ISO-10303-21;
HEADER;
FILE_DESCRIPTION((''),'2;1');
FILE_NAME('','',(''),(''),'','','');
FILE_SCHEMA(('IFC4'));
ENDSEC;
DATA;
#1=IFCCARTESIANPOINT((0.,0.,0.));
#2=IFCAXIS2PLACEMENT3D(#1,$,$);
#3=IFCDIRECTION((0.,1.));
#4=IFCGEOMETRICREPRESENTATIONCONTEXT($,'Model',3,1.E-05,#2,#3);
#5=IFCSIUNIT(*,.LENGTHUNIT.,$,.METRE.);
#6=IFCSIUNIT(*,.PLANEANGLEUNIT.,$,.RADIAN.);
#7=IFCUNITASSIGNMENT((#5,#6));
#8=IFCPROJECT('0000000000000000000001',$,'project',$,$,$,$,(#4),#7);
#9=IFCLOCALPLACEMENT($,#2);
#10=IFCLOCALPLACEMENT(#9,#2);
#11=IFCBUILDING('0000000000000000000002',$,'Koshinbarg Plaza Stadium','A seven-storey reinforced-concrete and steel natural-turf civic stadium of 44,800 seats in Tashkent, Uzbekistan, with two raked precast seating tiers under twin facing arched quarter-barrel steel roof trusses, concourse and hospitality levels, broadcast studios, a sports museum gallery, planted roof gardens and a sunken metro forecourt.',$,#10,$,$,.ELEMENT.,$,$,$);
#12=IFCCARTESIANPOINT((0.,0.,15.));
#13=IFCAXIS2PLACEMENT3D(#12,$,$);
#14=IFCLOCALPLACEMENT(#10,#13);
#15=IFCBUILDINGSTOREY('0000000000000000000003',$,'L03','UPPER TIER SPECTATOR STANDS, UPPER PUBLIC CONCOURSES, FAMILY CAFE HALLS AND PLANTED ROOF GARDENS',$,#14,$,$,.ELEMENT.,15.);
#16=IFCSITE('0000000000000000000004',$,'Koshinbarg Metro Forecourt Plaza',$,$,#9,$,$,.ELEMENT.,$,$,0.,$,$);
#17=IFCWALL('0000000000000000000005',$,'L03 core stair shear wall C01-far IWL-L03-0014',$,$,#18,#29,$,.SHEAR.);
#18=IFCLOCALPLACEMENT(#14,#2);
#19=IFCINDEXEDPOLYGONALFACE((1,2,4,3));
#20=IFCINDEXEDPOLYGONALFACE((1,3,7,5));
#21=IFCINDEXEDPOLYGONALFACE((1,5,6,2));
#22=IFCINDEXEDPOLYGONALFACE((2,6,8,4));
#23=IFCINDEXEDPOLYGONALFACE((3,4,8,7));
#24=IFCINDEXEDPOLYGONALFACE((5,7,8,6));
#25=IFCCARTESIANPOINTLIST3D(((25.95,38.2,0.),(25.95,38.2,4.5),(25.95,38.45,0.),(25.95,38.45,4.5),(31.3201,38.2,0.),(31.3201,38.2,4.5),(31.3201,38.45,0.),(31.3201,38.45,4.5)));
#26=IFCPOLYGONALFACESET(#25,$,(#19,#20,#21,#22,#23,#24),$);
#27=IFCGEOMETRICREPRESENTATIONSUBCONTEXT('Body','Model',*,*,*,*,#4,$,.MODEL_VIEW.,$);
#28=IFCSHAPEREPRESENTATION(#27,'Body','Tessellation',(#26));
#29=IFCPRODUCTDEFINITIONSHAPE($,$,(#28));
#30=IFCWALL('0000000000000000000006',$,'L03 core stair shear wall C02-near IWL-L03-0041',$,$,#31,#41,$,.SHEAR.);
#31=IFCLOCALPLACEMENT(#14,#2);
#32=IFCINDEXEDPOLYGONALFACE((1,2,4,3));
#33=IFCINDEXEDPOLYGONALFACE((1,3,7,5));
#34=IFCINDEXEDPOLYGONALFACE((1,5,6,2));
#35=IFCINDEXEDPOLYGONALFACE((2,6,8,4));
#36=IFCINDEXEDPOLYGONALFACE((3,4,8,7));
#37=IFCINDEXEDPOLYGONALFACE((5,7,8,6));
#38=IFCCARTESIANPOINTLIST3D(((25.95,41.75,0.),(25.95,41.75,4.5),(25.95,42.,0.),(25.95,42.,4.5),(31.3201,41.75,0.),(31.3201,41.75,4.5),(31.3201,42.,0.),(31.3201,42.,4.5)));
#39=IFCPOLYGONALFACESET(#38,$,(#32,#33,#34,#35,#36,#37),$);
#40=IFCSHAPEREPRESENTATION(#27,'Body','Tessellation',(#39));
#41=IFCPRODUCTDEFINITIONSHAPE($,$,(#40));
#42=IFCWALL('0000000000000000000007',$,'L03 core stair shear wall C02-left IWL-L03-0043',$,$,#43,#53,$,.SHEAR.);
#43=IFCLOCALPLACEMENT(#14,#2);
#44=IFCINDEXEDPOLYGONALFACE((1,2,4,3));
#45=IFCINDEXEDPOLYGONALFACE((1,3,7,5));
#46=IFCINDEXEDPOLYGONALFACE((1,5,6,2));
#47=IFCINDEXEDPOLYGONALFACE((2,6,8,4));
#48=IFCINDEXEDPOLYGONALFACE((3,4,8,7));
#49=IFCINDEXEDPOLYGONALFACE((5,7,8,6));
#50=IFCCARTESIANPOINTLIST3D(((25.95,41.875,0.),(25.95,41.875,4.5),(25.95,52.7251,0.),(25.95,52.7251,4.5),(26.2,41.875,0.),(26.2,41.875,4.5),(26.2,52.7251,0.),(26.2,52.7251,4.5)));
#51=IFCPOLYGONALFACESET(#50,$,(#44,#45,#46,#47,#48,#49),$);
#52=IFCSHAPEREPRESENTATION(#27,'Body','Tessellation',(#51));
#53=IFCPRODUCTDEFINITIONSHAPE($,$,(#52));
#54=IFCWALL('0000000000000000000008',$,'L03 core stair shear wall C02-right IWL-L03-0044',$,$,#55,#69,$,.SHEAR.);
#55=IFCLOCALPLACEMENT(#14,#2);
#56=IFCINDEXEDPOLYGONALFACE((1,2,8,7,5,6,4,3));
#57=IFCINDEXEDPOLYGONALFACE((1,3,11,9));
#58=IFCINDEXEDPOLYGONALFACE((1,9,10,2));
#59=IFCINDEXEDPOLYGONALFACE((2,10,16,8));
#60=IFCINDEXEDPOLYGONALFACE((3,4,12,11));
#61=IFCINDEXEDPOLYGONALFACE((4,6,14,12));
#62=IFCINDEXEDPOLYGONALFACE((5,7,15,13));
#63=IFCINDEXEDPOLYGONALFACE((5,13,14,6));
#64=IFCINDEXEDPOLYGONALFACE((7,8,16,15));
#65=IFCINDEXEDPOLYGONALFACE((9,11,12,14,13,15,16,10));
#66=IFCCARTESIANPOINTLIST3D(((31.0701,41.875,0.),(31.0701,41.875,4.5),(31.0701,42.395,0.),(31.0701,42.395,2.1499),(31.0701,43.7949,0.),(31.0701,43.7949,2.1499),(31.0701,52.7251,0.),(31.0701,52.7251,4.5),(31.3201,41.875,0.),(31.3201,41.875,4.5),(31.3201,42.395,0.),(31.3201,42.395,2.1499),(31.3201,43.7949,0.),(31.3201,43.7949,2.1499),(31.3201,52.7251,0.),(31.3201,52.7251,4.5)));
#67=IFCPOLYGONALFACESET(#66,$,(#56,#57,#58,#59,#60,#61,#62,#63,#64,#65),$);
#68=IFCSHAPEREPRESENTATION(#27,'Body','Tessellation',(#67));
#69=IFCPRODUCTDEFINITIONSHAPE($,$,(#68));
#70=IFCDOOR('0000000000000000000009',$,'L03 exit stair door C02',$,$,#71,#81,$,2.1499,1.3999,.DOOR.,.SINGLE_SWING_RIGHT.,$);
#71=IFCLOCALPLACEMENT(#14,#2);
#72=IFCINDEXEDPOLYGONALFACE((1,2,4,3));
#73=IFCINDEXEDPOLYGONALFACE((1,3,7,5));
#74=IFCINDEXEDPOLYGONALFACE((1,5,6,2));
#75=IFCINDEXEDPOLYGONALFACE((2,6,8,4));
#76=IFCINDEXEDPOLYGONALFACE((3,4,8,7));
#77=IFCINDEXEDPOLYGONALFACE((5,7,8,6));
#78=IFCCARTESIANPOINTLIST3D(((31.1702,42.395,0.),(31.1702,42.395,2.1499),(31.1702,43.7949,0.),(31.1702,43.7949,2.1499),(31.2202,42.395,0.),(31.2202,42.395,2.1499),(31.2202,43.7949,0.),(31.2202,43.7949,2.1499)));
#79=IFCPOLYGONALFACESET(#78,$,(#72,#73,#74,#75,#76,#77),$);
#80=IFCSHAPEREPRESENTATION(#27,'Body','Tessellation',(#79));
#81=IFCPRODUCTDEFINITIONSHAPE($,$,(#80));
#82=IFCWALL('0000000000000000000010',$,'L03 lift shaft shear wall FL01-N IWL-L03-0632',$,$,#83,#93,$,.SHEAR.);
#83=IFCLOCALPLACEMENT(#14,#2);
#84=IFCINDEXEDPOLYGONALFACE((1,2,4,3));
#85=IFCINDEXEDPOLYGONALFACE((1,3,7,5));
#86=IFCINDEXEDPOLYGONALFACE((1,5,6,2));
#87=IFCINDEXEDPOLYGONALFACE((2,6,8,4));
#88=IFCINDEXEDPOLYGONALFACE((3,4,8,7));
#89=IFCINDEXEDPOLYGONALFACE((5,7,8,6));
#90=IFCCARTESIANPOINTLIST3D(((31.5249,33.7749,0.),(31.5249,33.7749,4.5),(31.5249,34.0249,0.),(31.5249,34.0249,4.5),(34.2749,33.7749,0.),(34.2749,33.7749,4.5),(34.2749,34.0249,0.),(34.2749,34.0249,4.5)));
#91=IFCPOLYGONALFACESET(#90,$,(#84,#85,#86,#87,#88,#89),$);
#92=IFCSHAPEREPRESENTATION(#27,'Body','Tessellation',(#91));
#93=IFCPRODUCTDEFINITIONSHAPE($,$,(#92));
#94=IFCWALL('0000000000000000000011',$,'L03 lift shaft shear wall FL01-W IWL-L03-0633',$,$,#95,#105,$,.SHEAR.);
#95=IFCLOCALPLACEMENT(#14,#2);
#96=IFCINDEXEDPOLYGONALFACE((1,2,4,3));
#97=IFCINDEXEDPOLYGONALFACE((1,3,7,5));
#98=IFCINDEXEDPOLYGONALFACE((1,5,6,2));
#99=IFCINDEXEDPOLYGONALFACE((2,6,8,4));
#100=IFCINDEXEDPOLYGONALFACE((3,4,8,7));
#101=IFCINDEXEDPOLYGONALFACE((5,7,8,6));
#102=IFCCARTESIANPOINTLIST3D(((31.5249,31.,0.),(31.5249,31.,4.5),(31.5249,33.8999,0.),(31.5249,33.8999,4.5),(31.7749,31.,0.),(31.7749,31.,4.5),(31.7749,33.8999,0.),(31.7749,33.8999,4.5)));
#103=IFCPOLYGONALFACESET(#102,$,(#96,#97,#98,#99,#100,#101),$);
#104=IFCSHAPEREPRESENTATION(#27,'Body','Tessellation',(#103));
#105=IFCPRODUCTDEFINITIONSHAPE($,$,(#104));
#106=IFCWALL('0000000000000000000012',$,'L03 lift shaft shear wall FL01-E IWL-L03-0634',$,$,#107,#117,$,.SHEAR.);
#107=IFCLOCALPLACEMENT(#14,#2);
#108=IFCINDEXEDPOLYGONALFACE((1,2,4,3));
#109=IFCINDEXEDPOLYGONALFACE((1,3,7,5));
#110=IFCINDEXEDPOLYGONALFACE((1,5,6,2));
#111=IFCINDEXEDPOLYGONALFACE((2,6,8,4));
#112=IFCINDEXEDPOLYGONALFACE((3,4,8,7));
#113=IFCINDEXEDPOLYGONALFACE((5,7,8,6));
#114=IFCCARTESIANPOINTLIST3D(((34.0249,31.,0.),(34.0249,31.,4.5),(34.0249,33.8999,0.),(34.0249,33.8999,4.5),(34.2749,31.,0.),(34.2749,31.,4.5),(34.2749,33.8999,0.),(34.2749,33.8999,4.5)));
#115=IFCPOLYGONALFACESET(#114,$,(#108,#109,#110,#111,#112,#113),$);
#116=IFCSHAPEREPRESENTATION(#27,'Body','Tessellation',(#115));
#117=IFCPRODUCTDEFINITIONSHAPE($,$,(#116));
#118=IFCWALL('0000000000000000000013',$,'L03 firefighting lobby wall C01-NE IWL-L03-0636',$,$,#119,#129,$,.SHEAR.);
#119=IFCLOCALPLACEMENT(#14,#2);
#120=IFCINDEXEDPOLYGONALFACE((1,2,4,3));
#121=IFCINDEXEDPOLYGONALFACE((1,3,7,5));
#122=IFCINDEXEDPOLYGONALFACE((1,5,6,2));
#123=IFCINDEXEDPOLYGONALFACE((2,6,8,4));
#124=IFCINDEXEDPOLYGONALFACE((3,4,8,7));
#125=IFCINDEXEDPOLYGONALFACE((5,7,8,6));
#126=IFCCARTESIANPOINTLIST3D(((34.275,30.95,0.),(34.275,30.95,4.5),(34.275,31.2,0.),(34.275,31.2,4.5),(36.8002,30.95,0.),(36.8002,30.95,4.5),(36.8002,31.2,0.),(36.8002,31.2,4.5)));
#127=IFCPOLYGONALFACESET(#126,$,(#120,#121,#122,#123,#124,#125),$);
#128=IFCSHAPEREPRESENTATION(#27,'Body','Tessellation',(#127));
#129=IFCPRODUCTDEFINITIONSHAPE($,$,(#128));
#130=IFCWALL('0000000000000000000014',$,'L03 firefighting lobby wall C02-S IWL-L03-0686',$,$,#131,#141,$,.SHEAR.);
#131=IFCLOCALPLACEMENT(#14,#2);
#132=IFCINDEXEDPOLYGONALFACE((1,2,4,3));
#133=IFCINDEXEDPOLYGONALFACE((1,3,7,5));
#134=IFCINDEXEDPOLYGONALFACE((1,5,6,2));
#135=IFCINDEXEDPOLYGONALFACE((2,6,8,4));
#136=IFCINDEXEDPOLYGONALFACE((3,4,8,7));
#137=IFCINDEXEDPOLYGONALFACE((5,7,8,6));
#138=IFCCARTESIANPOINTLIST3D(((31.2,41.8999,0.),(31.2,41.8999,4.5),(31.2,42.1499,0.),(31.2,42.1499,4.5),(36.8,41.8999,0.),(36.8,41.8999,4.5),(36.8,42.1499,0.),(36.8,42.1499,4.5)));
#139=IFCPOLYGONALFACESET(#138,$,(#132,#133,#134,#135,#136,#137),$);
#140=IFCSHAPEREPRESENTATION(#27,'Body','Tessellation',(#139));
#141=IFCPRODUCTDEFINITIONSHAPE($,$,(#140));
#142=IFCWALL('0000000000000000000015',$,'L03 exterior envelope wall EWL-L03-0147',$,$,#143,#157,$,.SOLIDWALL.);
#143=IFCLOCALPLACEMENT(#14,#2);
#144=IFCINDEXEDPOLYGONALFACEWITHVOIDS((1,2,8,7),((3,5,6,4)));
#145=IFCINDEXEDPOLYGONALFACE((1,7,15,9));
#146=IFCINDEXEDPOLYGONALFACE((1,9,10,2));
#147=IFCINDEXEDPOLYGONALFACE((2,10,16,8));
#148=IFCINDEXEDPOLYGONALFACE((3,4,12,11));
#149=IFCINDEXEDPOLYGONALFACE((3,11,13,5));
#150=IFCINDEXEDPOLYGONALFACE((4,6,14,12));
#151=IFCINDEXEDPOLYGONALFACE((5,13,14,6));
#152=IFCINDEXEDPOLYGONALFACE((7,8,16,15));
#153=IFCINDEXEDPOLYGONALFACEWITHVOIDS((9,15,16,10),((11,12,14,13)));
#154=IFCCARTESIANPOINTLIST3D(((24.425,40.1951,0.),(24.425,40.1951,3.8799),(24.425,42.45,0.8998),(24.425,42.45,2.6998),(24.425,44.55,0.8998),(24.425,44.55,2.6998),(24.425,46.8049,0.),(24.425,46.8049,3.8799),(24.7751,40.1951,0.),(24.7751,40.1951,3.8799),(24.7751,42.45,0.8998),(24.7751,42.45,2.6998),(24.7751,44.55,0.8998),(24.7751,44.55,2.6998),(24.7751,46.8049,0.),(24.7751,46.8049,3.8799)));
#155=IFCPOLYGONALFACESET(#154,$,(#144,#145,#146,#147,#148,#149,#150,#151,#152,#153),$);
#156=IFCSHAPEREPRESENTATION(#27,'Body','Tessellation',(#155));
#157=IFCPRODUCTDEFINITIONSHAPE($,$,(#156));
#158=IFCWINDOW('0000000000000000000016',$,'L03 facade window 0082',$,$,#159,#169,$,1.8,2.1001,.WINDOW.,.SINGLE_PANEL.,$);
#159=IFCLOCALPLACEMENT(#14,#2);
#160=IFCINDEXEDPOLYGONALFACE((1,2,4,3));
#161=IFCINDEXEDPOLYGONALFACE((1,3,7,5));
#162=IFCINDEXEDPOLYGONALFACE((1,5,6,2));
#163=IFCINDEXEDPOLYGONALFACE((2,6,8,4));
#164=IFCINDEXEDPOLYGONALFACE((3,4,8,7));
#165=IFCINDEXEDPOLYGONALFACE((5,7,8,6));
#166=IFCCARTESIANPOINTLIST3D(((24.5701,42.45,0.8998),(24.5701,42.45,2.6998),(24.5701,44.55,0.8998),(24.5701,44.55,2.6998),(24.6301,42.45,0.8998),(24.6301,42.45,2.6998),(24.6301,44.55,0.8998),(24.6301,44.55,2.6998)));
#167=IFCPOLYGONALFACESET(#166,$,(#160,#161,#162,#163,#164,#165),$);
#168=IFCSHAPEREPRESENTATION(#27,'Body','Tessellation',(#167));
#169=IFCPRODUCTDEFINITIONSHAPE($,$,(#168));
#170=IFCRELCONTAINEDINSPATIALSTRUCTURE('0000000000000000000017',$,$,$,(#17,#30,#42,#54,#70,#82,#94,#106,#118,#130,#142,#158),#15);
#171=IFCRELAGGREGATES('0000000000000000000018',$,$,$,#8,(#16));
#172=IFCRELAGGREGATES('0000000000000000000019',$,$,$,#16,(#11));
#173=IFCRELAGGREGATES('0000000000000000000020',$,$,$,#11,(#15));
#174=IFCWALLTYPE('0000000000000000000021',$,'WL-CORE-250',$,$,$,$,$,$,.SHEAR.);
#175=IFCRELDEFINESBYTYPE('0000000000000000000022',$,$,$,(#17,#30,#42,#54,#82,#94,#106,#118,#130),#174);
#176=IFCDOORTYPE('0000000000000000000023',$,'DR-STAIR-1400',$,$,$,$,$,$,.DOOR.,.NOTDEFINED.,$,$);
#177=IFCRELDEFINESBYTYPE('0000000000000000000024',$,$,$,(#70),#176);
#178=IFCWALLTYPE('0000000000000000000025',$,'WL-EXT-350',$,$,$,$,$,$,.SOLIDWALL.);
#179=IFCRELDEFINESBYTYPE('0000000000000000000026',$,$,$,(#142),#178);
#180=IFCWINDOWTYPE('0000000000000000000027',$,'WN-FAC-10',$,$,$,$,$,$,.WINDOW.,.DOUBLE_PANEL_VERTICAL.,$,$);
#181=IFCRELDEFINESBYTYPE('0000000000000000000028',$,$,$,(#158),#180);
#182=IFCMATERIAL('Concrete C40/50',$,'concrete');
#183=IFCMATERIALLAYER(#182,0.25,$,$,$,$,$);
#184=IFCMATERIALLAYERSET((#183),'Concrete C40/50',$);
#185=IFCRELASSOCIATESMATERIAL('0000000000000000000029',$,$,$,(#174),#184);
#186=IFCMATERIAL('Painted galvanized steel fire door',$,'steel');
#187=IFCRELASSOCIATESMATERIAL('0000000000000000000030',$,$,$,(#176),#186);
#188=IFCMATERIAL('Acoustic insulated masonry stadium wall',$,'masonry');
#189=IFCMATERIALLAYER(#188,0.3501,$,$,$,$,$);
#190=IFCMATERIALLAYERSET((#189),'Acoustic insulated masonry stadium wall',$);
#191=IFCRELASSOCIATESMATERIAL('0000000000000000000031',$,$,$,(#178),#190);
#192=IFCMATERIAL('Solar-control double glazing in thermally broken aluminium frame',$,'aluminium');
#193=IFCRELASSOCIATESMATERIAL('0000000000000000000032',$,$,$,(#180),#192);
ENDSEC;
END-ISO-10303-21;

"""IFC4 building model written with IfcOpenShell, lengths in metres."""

from ifc_helpers import new_model, si_unit, direction, frame, frame_2d, origin, place, context, subcontext, project, spatial, rectangle, extrude, material, layer, layer_set, type_object, element, fill, save


model = new_model("IFC4")

# Units and contexts
model_context = context("Model", 3, precision=1e-05, world=origin(), true_north=direction((0.0, 1.0)))
body_context = subcontext(model_context, "Body", "Model", "MODEL_VIEW")
ifc_project = project(units=[si_unit("LENGTHUNIT", "METRE"), si_unit("PLANEANGLEUNIT", "RADIAN")], contexts=[model_context])

# Site, building, storey
site_placement = place(None, origin())
site = spatial("IfcSite", under=ifc_project, at=site_placement, Name="Koshinbarg Metro Forecourt Plaza", CompositionType="ELEMENT", RefElevation=0.0)
building_placement = place(site_placement, origin())
building = spatial("IfcBuilding", under=site, at=building_placement, Name="Koshinbarg Plaza Stadium", Description="A seven-storey reinforced-concrete and steel natural-turf civic stadium of 44,800 seats in Tashkent, Uzbekistan, with two raked precast seating tiers under twin facing arched quarter-barrel steel roof trusses, concourse and hospitality levels, broadcast studios, a sports museum gallery, planted roof gardens and a sunken metro forecourt.", CompositionType="ELEMENT")
storey_placement = place(building_placement, frame((0.0, 0.0, 15.0)))
storey = spatial("IfcBuildingStorey", under=building, at=storey_placement, Name="L03", Description="UPPER TIER SPECTATOR STANDS, UPPER PUBLIC CONCOURSES, FAMILY CAFE HALLS AND PLANTED ROOF GARDENS", CompositionType="ELEMENT", Elevation=15.0)

# Shared definitions
ifc_material_1 = material(Name="Concrete C40/50", Category="concrete")

# Walls
ifc_layer_1 = layer(ifc_material_1, 0.25)
ifc_layer_set_1 = layer_set([ifc_layer_1], Name="Concrete C40/50")
wall_type_1 = type_object("IfcWallType", Name="WL-CORE-250", PredefinedType="SHEAR", material=ifc_layer_set_1)
for number, where, z_axis, x_axis, name in (
    (1, (31.3201, 38.325, 0.0), (0.0, 0.0, 1.0), (-1.0, 0.0, 0.0), "L03 core stair shear wall C01-far IWL-L03-0014"),
    (2, (25.95, 41.875, 0.0), (0.0, 0.0, 1.0), (1.0, 0.0, 0.0), "L03 core stair shear wall C02-near IWL-L03-0041"),
):
    element("IfcWall", number, at=place(storey_placement, frame(where, z_axis=z_axis, x_axis=x_axis)), inside=storey, type_object=wall_type_1, Name=name, PredefinedType="SHEAR", context=body_context, shape_type="SweptSolid", body=[
        extrude(rectangle(XDim=5.3701, YDim=0.25, at=frame_2d((2.6851, 0.0))), origin(), (0.0, 0.0, 1.0), 4.5),
    ])
wall_1_placement = place(storey_placement, frame((26.075, 41.875, 0.0), z_axis=(0.0, 0.0, 1.0), x_axis=(0.0, 1.0, 0.0)))
element("IfcWall", 3, at=wall_1_placement, inside=storey, type_object=wall_type_1, Name="L03 core stair shear wall C02-left IWL-L03-0043", PredefinedType="SHEAR", context=body_context, shape_type="SweptSolid", body=[
    extrude(rectangle(XDim=10.8501, YDim=0.25, at=frame_2d((5.425, 0.0))), origin(), (0.0, 0.0, 1.0), 4.5),
])

# Wall, opening, door
wall_2_placement = place(storey_placement, frame((31.1951, 41.875, 0.0), z_axis=(0.0, 0.0, 1.0), x_axis=(0.0, 1.0, 0.0)))
wall_2 = element("IfcWall", 4, at=wall_2_placement, inside=storey, type_object=wall_type_1, Name="L03 core stair shear wall C02-right IWL-L03-0044", PredefinedType="SHEAR", context=body_context, shape_type="SweptSolid", body=[
    extrude(rectangle(XDim=10.8501, YDim=0.25, at=frame_2d((5.425, 0.0))), origin(), (0.0, 0.0, 1.0), 4.5),
])
opening_1_placement = place(wall_2_placement, frame((0.52, 0.0, 0.0)))
opening_1 = element("IfcOpeningElement", 5, at=opening_1_placement, cuts=wall_2, PredefinedType="OPENING", context=body_context, shape_type="SweptSolid", body=[
    extrude(rectangle(XDim=1.3999, YDim=2.1499, at=frame_2d((0.7, 1.075))), frame((0.0, 0.135, 0.0), z_axis=(0.0, -1.0, 0.0), x_axis=(1.0, 0.0, 0.0)), (0.0, 0.0, 1.0), 0.27),
])
ifc_material_2 = material(Name="Painted galvanized steel fire door", Category="steel")
door_type_1 = type_object("IfcDoorType", Name="DR-STAIR-1400", OperationType="NOTDEFINED", PredefinedType="DOOR", material=ifc_material_2)
door_1_placement = place(opening_1_placement, origin())
door_1 = element("IfcDoor", 6, at=door_1_placement, inside=storey, type_object=door_type_1, Name="L03 exit stair door C02", OperationType="SINGLE_SWING_RIGHT", OverallHeight=2.1499, OverallWidth=1.3999, PredefinedType="DOOR", context=body_context, shape_type="SweptSolid", body=[
    extrude(rectangle(XDim=1.3999, YDim=2.1499, at=frame_2d((0.7, 1.075))), frame((0.0, 0.0249, 0.0), z_axis=(0.0, -1.0, 0.0), x_axis=(1.0, 0.0, 0.0)), (0.0, 0.0, 1.0), 0.05),
])
fill(opening_1, door_1)

# Walls
wall_3_placement = place(storey_placement, frame((34.2749, 33.8999, 0.0), z_axis=(0.0, 0.0, 1.0), x_axis=(-1.0, 0.0, 0.0)))
element("IfcWall", 7, at=wall_3_placement, inside=storey, type_object=wall_type_1, Name="L03 lift shaft shear wall FL01-N IWL-L03-0632", PredefinedType="SHEAR", context=body_context, shape_type="SweptSolid", body=[
    extrude(rectangle(XDim=2.75, YDim=0.25, at=frame_2d((1.375, 0.0))), origin(), (0.0, 0.0, 1.0), 4.5),
])
for number, where, z_axis, x_axis, name in (
    (8, (31.6499, 33.8999, 0.0), (0.0, 0.0, 1.0), (0.0, -1.0, 0.0), "L03 lift shaft shear wall FL01-W IWL-L03-0633"),
    (9, (34.1499, 31.0, 0.0), (0.0, 0.0, 1.0), (0.0, 1.0, 0.0), "L03 lift shaft shear wall FL01-E IWL-L03-0634"),
):
    element("IfcWall", number, at=place(storey_placement, frame(where, z_axis=z_axis, x_axis=x_axis)), inside=storey, type_object=wall_type_1, Name=name, PredefinedType="SHEAR", context=body_context, shape_type="SweptSolid", body=[
        extrude(rectangle(XDim=2.8999, YDim=0.25, at=frame_2d((1.45, 0.0))), origin(), (0.0, 0.0, 1.0), 4.5),
    ])
wall_4_placement = place(storey_placement, frame((34.2749, 31.075, 0.0), z_axis=(0.0, 0.0, 1.0), x_axis=(1.0, 0.0, 0.0)))
element("IfcWall", 10, at=wall_4_placement, inside=storey, type_object=wall_type_1, Name="L03 firefighting lobby wall C01-NE IWL-L03-0636", PredefinedType="SHEAR", context=body_context, shape_type="SweptSolid", body=[
    extrude(rectangle(XDim=2.5251, YDim=0.25, at=frame_2d((1.2627, 0.0))), origin(), (0.0, 0.0, 1.0), 4.5),
])
wall_5_placement = place(storey_placement, frame((31.2, 42.0249, 0.0), z_axis=(0.0, 0.0, 1.0), x_axis=(1.0, 0.0, 0.0)))
element("IfcWall", 11, at=wall_5_placement, inside=storey, type_object=wall_type_1, Name="L03 firefighting lobby wall C02-S IWL-L03-0686", PredefinedType="SHEAR", context=body_context, shape_type="SweptSolid", body=[
    extrude(rectangle(XDim=5.6001, YDim=0.25, at=frame_2d((2.8, 0.0))), origin(), (0.0, 0.0, 1.0), 4.5),
])

# Wall, opening, window
ifc_material_3 = material(Name="Acoustic insulated masonry stadium wall", Category="masonry")
ifc_layer_2 = layer(ifc_material_3, 0.3501)
ifc_layer_set_2 = layer_set([ifc_layer_2], Name="Acoustic insulated masonry stadium wall")
wall_type_2 = type_object("IfcWallType", Name="WL-EXT-350", PredefinedType="SOLIDWALL", material=ifc_layer_set_2)
wall_6_placement = place(storey_placement, frame((24.6001, 40.1951, 0.0), z_axis=(0.0, 0.0, 1.0), x_axis=(0.0, 1.0, 0.0)))
wall_6 = element("IfcWall", 12, at=wall_6_placement, inside=storey, type_object=wall_type_2, Name="L03 exterior envelope wall EWL-L03-0147", PredefinedType="SOLIDWALL", context=body_context, shape_type="SweptSolid", body=[
    extrude(rectangle(XDim=6.6099, YDim=0.3501, at=frame_2d((3.3049, 0.0))), origin(), (0.0, 0.0, 1.0), 3.8799),
])
opening_2_placement = place(wall_6_placement, frame((2.2549, 0.0, 0.8999)))
opening_2 = element("IfcOpeningElement", 13, at=opening_2_placement, cuts=wall_6, PredefinedType="OPENING", context=body_context, shape_type="SweptSolid", body=[
    extrude(rectangle(XDim=2.1001, YDim=1.8, at=frame_2d((1.05, 0.8999))), frame((0.0, 0.1851, 0.0), z_axis=(0.0, -1.0, 0.0), x_axis=(1.0, 0.0, 0.0)), (0.0, 0.0, 1.0), 0.3701),
])
ifc_material_4 = material(Name="Solar-control double glazing in thermally broken aluminium frame", Category="aluminium")
window_type = type_object("IfcWindowType", Name="WN-FAC-10", PartitioningType="DOUBLE_PANEL_VERTICAL", PredefinedType="WINDOW", material=ifc_material_4)
window_placement = place(opening_2_placement, origin())
window = element("IfcWindow", 14, at=window_placement, inside=storey, type_object=window_type, Name="L03 facade window 0082", OverallHeight=1.8, OverallWidth=2.1001, PartitioningType="SINGLE_PANEL", PredefinedType="WINDOW", context=body_context, shape_type="SweptSolid", body=[
    extrude(rectangle(XDim=2.1001, YDim=1.8, at=frame_2d((1.05, 0.8999))), frame((0.0, 0.03, 0.0), z_axis=(0.0, -1.0, 0.0), x_axis=(1.0, 0.0, 0.0)), (0.0, 0.0, 1.0), 0.0601),
])
fill(opening_2, window)

save(model, "model.ifc")
